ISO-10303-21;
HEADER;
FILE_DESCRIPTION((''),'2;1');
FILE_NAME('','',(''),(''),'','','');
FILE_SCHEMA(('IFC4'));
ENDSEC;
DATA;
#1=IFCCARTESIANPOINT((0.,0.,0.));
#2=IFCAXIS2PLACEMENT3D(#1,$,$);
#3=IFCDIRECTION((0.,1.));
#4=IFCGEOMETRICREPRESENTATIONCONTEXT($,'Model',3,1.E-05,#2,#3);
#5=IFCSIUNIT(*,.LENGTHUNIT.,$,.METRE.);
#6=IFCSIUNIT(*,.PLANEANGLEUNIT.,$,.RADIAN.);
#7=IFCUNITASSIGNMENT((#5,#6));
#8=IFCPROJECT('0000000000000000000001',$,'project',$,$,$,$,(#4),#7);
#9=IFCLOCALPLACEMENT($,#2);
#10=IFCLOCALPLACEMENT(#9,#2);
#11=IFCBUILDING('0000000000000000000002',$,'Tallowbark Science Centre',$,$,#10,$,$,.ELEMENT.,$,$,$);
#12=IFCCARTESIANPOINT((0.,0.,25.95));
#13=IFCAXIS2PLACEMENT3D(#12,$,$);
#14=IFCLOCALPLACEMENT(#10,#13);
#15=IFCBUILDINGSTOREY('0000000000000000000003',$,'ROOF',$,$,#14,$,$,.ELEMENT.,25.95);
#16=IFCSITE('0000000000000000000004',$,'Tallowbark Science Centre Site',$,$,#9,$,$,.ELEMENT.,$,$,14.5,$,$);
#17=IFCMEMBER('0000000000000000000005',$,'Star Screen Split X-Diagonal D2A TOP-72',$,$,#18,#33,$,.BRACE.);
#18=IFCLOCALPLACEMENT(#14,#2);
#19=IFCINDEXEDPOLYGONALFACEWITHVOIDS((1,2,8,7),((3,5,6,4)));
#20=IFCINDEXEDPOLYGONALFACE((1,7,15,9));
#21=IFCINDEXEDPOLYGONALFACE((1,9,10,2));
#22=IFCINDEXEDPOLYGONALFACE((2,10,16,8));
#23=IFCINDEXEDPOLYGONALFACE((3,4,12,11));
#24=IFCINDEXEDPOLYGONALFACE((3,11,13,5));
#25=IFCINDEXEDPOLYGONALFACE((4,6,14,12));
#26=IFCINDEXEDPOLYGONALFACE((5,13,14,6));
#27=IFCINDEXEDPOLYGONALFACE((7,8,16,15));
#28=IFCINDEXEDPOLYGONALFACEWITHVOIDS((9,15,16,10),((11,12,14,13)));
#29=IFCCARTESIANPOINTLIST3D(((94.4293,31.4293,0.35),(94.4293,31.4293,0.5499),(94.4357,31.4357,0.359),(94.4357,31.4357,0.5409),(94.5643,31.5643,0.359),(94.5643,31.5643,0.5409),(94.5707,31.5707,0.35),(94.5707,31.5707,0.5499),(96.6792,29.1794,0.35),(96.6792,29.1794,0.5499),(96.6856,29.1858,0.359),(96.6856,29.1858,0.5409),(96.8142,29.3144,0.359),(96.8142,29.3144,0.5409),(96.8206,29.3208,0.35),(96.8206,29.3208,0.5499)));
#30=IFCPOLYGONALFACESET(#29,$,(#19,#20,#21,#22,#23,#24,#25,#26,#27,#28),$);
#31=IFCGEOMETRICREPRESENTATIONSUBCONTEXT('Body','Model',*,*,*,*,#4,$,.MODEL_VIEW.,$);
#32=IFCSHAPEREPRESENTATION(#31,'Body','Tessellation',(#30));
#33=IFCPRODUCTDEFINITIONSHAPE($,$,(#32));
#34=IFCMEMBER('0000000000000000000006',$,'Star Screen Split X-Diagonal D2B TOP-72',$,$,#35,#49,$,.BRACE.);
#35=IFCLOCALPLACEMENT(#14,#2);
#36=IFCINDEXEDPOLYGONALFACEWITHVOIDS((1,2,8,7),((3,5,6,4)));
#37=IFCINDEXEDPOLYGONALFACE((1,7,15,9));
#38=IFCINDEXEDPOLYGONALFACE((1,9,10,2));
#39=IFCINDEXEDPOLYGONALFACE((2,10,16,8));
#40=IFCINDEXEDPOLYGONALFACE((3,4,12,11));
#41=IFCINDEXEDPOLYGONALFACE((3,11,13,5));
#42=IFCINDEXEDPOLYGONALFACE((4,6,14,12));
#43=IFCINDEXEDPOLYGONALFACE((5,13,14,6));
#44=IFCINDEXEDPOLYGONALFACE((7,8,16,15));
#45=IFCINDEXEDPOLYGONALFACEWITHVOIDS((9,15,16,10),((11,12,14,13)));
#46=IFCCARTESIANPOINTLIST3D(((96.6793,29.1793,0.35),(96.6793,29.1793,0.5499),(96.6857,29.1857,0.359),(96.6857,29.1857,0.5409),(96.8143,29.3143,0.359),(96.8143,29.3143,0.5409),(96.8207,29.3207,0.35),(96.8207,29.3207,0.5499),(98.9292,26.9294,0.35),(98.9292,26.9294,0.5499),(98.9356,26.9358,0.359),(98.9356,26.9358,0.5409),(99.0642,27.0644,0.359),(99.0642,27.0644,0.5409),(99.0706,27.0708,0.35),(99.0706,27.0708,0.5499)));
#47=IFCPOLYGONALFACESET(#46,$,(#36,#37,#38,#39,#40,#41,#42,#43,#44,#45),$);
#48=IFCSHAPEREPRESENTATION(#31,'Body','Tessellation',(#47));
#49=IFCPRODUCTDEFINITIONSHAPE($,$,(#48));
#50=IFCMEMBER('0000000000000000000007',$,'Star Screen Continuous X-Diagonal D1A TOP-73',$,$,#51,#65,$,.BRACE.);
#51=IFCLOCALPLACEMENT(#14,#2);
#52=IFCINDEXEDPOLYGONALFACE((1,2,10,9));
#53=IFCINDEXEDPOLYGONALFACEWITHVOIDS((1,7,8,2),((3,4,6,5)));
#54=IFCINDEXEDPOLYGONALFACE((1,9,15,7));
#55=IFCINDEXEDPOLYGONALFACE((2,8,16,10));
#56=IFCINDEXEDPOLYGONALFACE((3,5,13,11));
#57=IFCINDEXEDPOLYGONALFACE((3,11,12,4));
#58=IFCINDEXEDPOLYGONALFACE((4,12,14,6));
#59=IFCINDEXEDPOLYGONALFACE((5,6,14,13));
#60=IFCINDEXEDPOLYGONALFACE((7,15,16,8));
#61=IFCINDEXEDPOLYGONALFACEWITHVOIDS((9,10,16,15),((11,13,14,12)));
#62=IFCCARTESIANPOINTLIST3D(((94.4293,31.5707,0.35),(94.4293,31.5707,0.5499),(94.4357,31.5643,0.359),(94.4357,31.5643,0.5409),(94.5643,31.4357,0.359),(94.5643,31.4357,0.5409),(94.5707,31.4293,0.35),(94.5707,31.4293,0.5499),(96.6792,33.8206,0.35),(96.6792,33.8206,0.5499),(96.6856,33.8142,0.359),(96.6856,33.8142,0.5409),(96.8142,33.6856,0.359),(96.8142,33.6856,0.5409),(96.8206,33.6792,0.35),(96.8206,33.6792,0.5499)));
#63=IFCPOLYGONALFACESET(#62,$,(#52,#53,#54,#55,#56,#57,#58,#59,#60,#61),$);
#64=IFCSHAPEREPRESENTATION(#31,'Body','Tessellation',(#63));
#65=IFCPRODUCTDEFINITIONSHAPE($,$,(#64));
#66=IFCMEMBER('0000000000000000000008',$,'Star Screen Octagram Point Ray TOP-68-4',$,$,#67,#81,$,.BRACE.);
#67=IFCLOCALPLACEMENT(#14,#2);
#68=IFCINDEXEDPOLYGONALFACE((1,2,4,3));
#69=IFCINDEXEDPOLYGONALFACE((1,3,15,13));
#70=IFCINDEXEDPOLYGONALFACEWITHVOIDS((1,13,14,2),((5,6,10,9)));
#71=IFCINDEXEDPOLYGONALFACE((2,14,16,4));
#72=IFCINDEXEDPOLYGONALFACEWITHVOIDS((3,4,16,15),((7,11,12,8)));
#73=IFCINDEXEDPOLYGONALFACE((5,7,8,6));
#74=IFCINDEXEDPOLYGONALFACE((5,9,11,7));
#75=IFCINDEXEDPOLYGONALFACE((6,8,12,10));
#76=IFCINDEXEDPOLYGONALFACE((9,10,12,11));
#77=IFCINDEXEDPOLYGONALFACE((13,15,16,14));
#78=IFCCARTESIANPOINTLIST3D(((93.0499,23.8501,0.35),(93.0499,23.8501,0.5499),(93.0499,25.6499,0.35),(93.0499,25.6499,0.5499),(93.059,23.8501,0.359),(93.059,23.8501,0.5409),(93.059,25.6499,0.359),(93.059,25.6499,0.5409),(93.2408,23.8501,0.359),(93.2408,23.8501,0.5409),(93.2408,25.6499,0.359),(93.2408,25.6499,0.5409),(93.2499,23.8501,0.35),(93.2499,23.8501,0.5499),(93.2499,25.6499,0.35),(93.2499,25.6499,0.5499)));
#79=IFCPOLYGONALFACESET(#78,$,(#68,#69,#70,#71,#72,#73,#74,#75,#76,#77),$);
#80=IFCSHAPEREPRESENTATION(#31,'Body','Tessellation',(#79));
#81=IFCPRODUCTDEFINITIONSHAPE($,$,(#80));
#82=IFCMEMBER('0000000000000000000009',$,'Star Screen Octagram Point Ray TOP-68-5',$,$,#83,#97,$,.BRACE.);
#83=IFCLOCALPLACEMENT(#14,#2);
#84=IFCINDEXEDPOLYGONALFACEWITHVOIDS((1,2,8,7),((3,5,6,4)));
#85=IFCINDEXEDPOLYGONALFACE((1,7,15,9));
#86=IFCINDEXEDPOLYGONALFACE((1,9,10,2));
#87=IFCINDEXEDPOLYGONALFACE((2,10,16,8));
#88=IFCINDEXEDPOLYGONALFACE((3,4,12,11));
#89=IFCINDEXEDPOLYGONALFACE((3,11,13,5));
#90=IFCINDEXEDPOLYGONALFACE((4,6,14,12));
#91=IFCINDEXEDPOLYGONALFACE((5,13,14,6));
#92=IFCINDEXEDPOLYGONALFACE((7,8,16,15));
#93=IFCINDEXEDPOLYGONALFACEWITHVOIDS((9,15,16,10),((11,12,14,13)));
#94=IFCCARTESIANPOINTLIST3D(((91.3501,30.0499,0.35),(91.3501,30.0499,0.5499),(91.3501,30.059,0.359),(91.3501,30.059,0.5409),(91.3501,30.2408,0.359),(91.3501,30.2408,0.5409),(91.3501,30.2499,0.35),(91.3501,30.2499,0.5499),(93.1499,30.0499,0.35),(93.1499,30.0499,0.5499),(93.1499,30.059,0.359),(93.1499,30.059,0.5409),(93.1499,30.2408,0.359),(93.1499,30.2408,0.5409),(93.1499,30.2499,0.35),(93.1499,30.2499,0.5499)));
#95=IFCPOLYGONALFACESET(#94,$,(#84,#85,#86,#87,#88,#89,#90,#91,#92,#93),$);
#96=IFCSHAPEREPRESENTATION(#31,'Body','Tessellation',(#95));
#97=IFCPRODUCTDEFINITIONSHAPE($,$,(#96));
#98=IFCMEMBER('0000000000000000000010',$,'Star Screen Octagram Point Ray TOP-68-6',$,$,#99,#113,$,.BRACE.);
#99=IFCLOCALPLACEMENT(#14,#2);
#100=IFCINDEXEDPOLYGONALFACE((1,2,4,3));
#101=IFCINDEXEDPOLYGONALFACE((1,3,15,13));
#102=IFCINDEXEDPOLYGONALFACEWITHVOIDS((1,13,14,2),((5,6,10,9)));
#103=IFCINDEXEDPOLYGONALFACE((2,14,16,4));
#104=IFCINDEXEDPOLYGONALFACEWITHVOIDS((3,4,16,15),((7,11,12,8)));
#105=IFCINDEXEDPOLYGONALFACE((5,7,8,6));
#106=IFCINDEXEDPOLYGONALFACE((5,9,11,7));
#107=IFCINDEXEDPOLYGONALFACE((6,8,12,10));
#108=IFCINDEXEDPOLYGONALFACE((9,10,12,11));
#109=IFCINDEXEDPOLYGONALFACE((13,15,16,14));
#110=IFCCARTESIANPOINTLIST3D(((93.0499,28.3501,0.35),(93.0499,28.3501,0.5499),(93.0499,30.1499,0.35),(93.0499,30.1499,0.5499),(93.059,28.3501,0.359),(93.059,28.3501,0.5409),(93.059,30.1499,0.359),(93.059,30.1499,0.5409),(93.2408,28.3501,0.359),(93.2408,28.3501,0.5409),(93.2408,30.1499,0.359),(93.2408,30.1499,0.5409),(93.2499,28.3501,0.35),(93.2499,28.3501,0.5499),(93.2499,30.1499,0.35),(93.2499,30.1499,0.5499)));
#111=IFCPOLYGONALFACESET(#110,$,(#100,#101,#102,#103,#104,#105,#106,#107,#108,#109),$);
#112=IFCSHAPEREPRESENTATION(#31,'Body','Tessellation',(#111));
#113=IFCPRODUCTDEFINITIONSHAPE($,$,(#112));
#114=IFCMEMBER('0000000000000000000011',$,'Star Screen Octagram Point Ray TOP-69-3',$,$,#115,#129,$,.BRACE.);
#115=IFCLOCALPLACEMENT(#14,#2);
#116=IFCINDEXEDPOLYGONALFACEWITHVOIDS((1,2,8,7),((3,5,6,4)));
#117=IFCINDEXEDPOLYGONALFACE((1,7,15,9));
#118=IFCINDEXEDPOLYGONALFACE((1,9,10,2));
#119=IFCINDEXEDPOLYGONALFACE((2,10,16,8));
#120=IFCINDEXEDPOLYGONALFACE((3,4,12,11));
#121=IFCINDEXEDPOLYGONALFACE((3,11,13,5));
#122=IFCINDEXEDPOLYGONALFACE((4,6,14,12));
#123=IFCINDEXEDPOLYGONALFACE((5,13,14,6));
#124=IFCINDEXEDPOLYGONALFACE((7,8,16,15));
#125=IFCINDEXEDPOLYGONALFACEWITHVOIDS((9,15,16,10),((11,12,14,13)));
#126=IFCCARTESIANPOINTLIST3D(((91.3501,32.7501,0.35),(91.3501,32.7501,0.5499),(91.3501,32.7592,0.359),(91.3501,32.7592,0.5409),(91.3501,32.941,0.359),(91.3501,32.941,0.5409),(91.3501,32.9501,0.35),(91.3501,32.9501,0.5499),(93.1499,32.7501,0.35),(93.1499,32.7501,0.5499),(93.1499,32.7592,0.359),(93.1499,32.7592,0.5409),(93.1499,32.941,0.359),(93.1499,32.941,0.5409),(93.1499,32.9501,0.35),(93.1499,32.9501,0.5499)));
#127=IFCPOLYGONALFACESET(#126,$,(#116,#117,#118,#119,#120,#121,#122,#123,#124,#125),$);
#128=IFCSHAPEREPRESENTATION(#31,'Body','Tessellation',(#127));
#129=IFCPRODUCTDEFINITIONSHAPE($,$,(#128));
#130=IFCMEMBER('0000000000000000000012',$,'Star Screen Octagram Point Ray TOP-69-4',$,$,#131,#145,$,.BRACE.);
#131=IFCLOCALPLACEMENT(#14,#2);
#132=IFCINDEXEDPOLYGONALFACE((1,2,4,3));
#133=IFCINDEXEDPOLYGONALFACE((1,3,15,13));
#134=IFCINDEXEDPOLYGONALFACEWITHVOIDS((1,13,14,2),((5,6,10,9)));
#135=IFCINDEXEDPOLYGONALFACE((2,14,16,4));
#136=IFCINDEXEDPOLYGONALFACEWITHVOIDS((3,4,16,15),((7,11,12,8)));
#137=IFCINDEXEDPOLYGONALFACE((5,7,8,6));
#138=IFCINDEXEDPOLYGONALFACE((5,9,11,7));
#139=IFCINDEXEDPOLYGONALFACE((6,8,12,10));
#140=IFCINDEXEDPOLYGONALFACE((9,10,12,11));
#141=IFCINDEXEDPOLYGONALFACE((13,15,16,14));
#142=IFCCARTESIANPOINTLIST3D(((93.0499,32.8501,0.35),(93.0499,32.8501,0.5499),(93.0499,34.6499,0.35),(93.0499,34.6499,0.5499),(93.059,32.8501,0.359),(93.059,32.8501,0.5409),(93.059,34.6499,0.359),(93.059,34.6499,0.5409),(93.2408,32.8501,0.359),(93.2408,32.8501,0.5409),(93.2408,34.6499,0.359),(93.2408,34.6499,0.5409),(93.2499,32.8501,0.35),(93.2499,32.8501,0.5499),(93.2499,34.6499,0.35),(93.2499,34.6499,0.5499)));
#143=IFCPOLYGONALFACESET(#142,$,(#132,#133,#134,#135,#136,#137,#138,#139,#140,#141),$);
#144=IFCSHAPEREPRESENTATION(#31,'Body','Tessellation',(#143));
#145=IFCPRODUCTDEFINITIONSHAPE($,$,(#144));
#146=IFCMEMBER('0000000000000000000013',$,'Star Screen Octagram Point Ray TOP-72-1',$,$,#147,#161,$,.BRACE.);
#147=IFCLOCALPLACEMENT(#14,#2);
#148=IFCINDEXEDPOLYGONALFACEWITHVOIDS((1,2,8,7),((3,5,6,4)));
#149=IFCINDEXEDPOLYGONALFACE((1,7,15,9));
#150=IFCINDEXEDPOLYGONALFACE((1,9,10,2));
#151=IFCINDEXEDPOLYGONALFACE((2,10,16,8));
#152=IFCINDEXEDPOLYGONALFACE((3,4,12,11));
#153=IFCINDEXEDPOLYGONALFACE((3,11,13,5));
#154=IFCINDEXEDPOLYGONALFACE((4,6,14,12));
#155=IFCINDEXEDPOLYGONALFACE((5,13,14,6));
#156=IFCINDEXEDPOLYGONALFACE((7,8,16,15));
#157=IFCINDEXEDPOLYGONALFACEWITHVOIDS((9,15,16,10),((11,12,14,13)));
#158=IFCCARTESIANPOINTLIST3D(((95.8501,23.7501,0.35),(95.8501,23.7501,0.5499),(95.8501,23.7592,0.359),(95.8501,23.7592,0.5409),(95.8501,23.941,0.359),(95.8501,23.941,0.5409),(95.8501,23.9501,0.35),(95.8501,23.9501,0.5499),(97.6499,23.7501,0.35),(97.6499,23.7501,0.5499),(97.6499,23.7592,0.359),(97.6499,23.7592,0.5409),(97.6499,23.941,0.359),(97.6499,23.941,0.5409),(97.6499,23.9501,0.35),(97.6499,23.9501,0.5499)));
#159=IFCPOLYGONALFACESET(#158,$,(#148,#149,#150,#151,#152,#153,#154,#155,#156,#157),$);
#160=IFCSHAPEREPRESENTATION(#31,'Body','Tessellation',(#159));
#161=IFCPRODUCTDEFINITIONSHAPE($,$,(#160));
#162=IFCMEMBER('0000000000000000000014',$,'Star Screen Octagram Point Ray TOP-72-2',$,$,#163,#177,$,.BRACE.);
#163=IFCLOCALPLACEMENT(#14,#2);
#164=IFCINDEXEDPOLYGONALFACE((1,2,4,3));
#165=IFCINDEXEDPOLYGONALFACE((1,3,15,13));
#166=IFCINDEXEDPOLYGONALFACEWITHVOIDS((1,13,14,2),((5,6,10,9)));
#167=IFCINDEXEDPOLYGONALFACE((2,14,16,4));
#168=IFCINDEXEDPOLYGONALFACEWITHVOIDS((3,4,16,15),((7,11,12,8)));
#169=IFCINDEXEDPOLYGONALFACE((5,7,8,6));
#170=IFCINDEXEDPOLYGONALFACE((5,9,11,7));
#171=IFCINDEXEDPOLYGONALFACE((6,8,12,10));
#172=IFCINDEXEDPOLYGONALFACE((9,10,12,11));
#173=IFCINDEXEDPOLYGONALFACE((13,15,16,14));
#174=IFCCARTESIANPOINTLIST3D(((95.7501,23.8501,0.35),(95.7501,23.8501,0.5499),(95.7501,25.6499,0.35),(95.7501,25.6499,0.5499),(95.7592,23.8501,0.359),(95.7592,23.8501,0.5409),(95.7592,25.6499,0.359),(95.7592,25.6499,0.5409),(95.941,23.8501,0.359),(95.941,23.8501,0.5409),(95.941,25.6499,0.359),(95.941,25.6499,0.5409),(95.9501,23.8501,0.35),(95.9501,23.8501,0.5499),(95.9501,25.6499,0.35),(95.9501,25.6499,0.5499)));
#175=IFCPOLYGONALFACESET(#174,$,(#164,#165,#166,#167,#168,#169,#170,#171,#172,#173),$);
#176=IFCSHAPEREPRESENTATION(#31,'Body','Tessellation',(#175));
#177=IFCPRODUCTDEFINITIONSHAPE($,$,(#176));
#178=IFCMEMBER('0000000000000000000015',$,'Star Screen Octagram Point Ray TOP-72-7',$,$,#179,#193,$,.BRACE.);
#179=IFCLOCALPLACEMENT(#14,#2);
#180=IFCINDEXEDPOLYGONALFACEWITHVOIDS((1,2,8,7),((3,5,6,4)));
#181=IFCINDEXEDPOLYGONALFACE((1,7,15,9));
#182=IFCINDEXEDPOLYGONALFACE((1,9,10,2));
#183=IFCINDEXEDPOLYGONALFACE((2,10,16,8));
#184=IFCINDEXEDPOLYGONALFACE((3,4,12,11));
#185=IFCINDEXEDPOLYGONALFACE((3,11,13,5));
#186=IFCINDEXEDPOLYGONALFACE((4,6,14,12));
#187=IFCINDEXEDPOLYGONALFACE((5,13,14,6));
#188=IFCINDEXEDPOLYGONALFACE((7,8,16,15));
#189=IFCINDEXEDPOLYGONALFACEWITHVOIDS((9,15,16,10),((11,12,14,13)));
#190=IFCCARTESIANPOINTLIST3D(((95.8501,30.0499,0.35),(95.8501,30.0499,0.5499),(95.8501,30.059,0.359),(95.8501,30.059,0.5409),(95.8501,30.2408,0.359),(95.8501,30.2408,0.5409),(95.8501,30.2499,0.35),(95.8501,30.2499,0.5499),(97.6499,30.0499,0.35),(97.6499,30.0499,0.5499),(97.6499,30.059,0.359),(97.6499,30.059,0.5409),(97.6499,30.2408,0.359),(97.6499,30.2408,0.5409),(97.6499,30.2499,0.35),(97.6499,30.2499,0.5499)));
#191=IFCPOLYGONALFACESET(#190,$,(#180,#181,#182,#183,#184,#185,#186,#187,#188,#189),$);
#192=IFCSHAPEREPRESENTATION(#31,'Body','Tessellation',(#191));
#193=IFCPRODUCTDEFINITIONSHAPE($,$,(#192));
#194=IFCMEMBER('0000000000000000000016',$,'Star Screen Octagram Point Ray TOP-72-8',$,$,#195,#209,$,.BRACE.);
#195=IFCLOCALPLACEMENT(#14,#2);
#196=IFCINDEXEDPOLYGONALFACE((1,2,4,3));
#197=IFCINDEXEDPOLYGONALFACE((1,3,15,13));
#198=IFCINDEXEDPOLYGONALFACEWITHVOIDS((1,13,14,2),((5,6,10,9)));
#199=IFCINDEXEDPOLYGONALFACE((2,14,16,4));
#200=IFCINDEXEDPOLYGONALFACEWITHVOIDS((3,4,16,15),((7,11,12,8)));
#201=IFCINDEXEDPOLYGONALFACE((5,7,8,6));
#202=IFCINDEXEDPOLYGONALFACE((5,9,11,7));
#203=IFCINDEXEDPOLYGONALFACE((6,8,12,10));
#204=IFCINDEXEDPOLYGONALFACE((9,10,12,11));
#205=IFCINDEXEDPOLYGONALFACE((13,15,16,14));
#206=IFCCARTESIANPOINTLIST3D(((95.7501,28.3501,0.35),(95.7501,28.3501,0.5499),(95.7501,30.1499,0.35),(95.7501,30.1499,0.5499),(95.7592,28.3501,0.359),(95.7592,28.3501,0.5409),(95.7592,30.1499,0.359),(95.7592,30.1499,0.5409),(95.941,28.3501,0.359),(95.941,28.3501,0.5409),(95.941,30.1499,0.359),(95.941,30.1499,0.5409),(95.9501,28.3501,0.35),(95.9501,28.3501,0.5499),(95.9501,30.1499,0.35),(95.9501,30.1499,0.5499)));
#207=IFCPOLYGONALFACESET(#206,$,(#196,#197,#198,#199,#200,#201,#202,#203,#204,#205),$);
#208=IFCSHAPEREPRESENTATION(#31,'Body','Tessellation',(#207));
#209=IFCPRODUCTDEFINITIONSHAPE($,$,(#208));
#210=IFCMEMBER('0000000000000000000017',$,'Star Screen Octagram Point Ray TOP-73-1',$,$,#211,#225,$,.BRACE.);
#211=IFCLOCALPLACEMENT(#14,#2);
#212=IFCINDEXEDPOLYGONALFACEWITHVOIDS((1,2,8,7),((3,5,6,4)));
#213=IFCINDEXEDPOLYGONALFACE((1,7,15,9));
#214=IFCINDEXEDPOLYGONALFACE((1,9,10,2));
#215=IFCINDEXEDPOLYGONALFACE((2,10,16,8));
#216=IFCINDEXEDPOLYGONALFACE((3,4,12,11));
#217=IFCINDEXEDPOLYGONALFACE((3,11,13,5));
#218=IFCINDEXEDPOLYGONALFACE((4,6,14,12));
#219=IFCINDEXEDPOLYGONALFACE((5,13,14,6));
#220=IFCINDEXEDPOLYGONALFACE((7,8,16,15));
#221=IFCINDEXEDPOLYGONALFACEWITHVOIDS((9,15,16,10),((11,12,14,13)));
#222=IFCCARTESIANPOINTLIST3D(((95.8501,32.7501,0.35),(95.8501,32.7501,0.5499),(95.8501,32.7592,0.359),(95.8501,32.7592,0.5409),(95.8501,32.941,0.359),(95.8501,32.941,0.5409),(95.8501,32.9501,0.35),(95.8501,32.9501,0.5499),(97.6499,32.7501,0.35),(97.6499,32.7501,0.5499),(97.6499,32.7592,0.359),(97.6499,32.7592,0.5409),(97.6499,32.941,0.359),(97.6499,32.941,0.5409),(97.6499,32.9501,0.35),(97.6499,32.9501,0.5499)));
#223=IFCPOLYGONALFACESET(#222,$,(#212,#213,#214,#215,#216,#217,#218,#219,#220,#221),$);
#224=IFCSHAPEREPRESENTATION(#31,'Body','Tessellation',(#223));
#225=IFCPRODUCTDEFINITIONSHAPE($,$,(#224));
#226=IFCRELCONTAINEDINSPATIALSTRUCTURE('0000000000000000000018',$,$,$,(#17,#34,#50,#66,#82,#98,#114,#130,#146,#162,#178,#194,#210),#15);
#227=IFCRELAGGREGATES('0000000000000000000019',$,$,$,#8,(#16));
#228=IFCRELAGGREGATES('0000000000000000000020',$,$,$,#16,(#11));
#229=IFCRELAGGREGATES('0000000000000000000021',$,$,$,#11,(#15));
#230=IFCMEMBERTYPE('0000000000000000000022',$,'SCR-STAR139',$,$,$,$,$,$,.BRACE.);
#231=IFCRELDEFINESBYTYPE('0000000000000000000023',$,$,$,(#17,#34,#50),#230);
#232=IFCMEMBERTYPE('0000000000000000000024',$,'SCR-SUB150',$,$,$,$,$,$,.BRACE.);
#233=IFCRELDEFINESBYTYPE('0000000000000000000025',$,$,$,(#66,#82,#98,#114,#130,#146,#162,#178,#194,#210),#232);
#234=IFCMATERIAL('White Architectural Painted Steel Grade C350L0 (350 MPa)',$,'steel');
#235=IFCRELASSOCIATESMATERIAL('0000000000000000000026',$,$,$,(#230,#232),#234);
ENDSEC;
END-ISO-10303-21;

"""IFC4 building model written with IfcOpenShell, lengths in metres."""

from ifc_helpers import new_model, si_unit, direction, frame, origin, origin_2d, place, context, subcontext, project, spatial, hollow_rectangle, extrude, material, material_profile, profile_set, type_object, element, save


model = new_model("IFC4")

# Units and contexts
model_context = context("Model", 3, precision=1e-05, world=origin(), true_north=direction((0.0, 1.0)))
body_context = subcontext(model_context, "Body", "Model", "MODEL_VIEW")
ifc_project = project(units=[si_unit("LENGTHUNIT", "METRE"), si_unit("PLANEANGLEUNIT", "RADIAN")], contexts=[model_context])

# Site, building, storey
site_placement = place(None, origin())
site = spatial("IfcSite", under=ifc_project, at=site_placement, Name="Tallowbark Science Centre Site", CompositionType="ELEMENT", RefElevation=14.5)
building_placement = place(site_placement, origin())
building = spatial("IfcBuilding", under=site, at=building_placement, Name="Tallowbark Science Centre", CompositionType="ELEMENT")
storey_placement = place(building_placement, frame((0.0, 0.0, 25.95)))
storey = spatial("IfcBuildingStorey", under=building, at=storey_placement, Name="ROOF", CompositionType="ELEMENT", Elevation=25.95)

# Members
ifc_material_1 = material(Name="White Architectural Painted Steel Grade C350L0 (350 MPa)", Category="steel")
ifc_material_profile_1 = material_profile(ifc_material_1, hollow_rectangle(XDim=0.2, YDim=0.2, WallThickness=0.009, at=origin_2d()), Name="200x200x9.0SHS")
ifc_profile_set_1 = profile_set([ifc_material_profile_1], Name="White Architectural Painted Steel Grade C350L0 (350 MPa)")
member_type_1 = type_object("IfcMemberType", Name="SCR-STAR139", PredefinedType="BRACE", material=ifc_profile_set_1)
for number, where, z_axis, x_axis, name in (
    (1, (94.5, 31.5, 0.45), (0.707107, -0.707107, 0.0), (0.707107, 0.707107, 0.0), "Star Screen Split X-Diagonal D2A TOP-72"),
    (2, (96.75, 29.25, 0.45), (0.707107, -0.707107, 0.0), (0.707107, 0.707107, 0.0), "Star Screen Split X-Diagonal D2B TOP-72"),
    (3, (94.5, 31.5, 0.45), (0.707107, 0.707107, 0.0), (-0.707107, 0.707107, 0.0), "Star Screen Continuous X-Diagonal D1A TOP-73"),
):
    element("IfcMember", number, at=place(storey_placement, frame(where, z_axis=z_axis, x_axis=x_axis)), inside=storey, type_object=member_type_1, Name=name, PredefinedType="BRACE", context=body_context, shape_type="SweptSolid", body=[
        extrude(hollow_rectangle(XDim=0.2, YDim=0.2, WallThickness=0.009, at=origin_2d()), origin(), (0.0, 0.0, 1.0), 3.1819),
    ])
ifc_material_profile_2 = material_profile(ifc_material_1, hollow_rectangle(XDim=0.2, YDim=0.2, WallThickness=0.009, at=origin_2d()), Name="200x200x9.0SHS")
ifc_profile_set_2 = profile_set([ifc_material_profile_2], Name="White Architectural Painted Steel Grade C350L0 (350 MPa)")
member_type_2 = type_object("IfcMemberType", Name="SCR-SUB150", PredefinedType="BRACE", material=ifc_profile_set_2)
for number, where, z_axis, x_axis, name in (
    (4, (93.1499, 23.8501, 0.45), (0.0, 1.0, 0.0), (-1.0, 0.0, 0.0), "Star Screen Octagram Point Ray TOP-68-4"),
    (5, (93.1499, 30.1499, 0.45), (-1.0, 0.0, 0.0), (0.0, -1.0, 0.0), "Star Screen Octagram Point Ray TOP-68-5"),
    (6, (93.1499, 30.1499, 0.45), (0.0, -1.0, 0.0), (1.0, 0.0, 0.0), "Star Screen Octagram Point Ray TOP-68-6"),
    (7, (93.1499, 32.8501, 0.45), (-1.0, 0.0, 0.0), (0.0, -1.0, 0.0), "Star Screen Octagram Point Ray TOP-69-3"),
    (8, (93.1499, 32.8501, 0.45), (0.0, 1.0, 0.0), (-1.0, 0.0, 0.0), "Star Screen Octagram Point Ray TOP-69-4"),
    (9, (95.8501, 23.8501, 0.45), (1.0, 0.0, 0.0), (0.0, 1.0, 0.0), "Star Screen Octagram Point Ray TOP-72-1"),
    (10, (95.8501, 23.8501, 0.45), (0.0, 1.0, 0.0), (-1.0, 0.0, 0.0), "Star Screen Octagram Point Ray TOP-72-2"),
    (11, (95.8501, 30.1499, 0.45), (1.0, 0.0, 0.0), (0.0, 1.0, 0.0), "Star Screen Octagram Point Ray TOP-72-7"),
    (12, (95.8501, 30.1499, 0.45), (0.0, -1.0, 0.0), (1.0, 0.0, 0.0), "Star Screen Octagram Point Ray TOP-72-8"),
    (13, (95.8501, 32.8501, 0.45), (1.0, 0.0, 0.0), (0.0, 1.0, 0.0), "Star Screen Octagram Point Ray TOP-73-1"),
):
    element("IfcMember", number, at=place(storey_placement, frame(where, z_axis=z_axis, x_axis=x_axis)), inside=storey, type_object=member_type_2, Name=name, PredefinedType="BRACE", context=body_context, shape_type="SweptSolid", body=[
        extrude(hollow_rectangle(XDim=0.2, YDim=0.2, WallThickness=0.009, at=origin_2d()), origin(), (0.0, 0.0, 1.0), 1.7998),
    ])

save(model, "model.ifc")
